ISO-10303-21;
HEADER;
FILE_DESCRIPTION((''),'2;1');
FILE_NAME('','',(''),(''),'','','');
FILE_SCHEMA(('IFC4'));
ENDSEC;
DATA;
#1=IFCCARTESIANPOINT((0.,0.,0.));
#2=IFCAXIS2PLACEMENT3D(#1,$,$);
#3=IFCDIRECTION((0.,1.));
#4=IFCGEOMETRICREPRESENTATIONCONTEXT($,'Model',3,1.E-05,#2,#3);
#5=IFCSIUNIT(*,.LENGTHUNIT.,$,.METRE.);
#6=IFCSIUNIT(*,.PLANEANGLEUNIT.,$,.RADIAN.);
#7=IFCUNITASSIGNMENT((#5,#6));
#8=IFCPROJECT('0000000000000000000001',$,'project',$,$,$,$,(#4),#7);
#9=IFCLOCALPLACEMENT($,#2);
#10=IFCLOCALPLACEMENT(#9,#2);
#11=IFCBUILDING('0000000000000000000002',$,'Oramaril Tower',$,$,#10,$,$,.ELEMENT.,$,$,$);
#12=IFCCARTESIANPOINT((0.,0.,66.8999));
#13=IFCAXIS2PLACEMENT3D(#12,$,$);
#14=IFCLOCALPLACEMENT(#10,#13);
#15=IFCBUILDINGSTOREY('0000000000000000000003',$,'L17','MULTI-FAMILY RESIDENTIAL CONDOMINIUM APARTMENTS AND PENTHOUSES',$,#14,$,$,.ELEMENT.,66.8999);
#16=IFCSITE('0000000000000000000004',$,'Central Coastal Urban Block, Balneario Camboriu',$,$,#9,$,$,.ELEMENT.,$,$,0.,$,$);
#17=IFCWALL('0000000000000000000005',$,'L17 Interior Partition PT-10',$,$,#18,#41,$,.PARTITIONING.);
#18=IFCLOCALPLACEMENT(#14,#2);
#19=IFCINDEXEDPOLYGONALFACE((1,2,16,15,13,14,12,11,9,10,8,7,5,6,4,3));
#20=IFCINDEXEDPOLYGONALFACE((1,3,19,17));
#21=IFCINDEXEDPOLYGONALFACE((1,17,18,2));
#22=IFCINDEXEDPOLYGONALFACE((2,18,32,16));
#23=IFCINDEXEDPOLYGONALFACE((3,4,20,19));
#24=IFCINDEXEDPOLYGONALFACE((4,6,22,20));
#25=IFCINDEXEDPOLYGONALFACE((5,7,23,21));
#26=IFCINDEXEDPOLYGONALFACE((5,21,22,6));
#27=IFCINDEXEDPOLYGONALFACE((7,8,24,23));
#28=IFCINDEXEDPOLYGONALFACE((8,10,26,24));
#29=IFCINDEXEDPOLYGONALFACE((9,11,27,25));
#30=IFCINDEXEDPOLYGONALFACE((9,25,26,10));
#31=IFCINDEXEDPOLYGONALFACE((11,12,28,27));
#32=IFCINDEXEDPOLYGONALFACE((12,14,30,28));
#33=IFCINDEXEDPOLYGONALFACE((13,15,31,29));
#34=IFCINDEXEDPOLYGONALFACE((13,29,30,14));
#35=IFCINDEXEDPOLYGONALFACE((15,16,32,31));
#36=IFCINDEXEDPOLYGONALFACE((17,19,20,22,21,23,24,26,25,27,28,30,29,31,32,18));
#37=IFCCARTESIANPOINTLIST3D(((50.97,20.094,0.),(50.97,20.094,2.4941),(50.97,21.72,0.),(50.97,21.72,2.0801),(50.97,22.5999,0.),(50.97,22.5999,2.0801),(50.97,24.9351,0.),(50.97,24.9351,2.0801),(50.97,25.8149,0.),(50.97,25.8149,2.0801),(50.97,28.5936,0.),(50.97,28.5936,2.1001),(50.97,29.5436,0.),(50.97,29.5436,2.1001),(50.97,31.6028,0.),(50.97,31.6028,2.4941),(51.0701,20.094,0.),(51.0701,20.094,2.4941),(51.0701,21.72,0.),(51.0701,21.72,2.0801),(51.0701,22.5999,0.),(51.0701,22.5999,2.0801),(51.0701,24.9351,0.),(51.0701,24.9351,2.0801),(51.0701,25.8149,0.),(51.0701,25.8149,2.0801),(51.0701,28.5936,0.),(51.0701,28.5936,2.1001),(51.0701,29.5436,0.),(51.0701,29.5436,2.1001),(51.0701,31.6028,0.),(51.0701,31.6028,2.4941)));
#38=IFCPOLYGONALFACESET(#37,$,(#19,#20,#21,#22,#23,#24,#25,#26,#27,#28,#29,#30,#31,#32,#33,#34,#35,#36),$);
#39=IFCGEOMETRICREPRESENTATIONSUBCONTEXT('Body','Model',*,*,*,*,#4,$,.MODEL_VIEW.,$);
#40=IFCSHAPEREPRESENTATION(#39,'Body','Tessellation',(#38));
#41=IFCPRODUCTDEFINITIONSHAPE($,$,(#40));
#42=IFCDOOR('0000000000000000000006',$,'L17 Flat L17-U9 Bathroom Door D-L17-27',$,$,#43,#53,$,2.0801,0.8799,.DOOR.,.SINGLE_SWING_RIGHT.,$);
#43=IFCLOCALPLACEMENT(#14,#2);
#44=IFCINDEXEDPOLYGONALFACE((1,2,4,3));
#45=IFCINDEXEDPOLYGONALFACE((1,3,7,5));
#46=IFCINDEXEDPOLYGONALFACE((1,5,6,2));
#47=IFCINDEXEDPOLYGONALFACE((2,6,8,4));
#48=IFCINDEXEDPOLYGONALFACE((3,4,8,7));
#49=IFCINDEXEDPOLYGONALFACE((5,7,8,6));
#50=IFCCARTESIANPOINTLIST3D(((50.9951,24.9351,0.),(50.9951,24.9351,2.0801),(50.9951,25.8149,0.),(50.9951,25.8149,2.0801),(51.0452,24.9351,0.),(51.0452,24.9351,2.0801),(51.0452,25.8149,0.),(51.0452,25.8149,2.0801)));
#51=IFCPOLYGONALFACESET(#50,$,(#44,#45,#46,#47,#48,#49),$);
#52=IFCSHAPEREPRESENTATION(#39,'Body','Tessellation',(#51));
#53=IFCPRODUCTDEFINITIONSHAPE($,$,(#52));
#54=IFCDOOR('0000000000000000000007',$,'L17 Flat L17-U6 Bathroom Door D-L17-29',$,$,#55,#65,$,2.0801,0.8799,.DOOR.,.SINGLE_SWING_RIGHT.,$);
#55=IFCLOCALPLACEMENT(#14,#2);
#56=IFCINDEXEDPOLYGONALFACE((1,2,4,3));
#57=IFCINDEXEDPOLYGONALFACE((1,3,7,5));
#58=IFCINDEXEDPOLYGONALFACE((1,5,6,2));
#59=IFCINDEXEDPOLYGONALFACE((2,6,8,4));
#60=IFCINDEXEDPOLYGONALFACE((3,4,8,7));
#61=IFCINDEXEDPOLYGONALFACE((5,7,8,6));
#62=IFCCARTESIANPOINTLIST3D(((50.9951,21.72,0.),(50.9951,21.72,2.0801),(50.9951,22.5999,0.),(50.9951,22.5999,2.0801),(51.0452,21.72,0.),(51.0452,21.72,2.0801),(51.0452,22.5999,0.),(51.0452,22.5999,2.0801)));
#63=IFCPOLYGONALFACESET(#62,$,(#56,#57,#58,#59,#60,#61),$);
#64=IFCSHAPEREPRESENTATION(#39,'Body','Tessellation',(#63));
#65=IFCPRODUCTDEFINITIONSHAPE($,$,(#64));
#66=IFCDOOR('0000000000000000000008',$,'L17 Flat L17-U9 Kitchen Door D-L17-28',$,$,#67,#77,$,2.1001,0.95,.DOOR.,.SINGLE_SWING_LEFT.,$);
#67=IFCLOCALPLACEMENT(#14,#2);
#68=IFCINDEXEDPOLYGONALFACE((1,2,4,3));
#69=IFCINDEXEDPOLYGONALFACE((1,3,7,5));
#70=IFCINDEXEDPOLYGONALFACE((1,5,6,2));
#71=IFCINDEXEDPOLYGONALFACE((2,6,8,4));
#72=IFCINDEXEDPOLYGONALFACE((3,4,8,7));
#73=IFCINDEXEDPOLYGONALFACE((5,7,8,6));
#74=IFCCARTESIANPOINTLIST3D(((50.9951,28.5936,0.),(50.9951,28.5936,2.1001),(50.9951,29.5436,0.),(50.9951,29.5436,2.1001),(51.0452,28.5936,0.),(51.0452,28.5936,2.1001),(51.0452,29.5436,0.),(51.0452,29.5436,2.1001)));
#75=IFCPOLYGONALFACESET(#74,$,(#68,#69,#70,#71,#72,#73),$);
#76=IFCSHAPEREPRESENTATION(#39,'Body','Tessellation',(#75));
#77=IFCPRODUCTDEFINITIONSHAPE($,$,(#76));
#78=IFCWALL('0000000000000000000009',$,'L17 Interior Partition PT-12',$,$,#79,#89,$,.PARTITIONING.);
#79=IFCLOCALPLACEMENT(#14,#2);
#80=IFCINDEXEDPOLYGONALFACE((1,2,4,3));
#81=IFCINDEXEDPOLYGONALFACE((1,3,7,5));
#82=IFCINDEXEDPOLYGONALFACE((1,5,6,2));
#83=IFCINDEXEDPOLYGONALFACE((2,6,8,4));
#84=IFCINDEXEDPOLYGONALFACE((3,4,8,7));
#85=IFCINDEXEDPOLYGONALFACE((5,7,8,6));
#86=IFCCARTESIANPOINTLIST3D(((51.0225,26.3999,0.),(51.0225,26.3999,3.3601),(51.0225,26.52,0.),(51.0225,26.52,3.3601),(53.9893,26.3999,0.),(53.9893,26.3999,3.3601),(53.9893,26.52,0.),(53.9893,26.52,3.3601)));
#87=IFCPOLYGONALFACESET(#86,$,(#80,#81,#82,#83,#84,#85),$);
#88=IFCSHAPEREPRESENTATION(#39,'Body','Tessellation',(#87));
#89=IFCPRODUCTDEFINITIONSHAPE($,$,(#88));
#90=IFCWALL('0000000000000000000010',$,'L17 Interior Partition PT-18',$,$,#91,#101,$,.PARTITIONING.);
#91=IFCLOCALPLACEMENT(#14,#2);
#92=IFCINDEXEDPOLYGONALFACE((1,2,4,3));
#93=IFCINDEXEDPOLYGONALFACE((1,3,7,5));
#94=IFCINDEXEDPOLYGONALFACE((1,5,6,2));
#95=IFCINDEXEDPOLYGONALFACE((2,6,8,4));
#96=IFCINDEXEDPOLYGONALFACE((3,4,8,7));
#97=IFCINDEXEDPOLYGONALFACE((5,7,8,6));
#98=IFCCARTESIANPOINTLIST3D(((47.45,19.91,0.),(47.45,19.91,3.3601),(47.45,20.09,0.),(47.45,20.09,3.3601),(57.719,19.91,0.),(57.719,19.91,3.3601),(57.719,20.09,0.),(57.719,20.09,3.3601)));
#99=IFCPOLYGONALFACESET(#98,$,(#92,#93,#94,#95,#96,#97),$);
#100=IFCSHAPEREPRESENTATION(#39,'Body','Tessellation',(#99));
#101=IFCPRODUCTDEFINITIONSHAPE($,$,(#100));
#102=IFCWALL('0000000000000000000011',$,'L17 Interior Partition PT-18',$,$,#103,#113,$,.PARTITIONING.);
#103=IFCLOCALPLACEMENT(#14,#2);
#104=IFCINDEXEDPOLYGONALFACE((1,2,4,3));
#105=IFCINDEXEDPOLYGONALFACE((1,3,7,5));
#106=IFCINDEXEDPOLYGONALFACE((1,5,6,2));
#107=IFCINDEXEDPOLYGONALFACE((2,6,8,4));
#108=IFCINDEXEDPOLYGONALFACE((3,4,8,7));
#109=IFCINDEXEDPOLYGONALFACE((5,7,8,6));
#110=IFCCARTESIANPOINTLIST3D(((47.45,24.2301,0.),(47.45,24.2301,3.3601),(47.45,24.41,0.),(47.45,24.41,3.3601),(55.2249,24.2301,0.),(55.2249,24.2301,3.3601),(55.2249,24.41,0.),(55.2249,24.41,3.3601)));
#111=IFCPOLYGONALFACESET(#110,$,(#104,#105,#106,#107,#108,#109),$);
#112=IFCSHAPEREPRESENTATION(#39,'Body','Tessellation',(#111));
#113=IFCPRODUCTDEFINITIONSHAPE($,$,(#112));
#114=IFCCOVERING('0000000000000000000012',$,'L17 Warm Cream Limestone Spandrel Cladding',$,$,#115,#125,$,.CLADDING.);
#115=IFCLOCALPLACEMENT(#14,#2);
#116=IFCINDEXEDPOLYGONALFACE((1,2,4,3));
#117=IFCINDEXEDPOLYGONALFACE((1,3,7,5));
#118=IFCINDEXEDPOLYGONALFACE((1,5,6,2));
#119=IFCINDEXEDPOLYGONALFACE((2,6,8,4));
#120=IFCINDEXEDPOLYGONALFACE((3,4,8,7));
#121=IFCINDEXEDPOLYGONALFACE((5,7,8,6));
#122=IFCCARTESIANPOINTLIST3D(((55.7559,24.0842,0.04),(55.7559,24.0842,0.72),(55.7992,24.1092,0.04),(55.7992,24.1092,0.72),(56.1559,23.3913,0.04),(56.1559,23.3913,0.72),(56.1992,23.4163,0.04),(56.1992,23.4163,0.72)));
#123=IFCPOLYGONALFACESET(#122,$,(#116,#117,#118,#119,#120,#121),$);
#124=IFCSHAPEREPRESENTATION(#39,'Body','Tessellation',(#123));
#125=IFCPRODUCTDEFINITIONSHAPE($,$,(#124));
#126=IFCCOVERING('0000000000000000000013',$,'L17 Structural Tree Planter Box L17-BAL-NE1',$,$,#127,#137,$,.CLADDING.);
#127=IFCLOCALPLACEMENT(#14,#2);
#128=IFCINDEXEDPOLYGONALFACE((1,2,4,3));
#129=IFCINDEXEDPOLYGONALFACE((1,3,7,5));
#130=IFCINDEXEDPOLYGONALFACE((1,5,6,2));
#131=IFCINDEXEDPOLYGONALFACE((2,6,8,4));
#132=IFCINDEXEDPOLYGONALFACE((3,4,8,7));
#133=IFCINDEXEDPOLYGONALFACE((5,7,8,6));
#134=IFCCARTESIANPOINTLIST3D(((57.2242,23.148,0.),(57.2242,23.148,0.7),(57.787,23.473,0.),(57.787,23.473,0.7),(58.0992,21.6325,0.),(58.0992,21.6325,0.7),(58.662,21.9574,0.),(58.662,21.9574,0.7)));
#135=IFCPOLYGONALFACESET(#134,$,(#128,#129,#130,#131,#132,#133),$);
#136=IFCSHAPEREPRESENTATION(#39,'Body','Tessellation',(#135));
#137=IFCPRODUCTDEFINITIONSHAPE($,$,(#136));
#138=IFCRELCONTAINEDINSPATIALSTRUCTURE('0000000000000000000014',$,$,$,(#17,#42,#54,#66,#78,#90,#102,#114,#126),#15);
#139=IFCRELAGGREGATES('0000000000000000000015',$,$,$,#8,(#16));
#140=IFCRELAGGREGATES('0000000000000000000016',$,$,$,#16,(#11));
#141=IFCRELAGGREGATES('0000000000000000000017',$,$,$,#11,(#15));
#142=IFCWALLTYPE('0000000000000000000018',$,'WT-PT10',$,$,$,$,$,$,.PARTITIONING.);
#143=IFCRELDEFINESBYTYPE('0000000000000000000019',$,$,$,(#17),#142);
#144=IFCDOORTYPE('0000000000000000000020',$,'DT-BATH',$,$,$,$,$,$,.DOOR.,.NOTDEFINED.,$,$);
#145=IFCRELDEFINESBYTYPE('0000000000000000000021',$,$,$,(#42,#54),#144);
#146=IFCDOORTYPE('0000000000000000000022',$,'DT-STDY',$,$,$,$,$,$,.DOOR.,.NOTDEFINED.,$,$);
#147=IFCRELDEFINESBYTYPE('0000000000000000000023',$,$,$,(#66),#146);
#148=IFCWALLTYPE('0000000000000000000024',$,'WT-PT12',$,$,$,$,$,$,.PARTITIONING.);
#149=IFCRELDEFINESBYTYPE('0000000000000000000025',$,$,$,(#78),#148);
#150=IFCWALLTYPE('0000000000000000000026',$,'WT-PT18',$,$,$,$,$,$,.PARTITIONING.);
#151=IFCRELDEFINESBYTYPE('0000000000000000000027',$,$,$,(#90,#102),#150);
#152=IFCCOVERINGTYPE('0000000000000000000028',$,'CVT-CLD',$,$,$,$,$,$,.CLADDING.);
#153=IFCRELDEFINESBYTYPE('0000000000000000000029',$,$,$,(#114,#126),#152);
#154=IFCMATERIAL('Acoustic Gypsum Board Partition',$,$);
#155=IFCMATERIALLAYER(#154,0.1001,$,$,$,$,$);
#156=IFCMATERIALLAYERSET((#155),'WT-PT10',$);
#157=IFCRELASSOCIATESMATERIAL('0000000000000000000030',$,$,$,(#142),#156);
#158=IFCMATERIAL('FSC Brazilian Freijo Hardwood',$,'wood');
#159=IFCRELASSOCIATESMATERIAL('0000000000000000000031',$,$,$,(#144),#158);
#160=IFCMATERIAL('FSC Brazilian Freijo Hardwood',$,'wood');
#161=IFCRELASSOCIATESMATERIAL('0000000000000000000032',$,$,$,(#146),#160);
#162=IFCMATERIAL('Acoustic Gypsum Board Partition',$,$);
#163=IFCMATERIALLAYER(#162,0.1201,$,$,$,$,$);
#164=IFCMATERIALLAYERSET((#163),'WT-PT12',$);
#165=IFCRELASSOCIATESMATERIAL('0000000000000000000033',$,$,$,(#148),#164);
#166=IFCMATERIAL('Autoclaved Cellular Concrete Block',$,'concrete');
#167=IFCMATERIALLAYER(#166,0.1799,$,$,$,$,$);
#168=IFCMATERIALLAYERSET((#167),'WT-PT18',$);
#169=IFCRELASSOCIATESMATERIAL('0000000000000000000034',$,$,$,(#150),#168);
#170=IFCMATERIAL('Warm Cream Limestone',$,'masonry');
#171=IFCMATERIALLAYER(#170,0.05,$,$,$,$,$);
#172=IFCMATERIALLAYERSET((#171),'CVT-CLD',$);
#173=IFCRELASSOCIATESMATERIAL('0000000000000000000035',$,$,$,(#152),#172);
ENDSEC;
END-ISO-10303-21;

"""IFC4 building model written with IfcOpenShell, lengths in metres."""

from ifc_helpers import new_model, si_unit, direction, frame, frame_2d, origin, origin_2d, place, context, subcontext, project, spatial, rectangle, extrude, material, layer, layer_set, type_object, element, fill, save


model = new_model("IFC4")

# Units and contexts
model_context = context("Model", 3, precision=1e-05, world=origin(), true_north=direction((0.0, 1.0)))
body_context = subcontext(model_context, "Body", "Model", "MODEL_VIEW")
ifc_project = project(units=[si_unit("LENGTHUNIT", "METRE"), si_unit("PLANEANGLEUNIT", "RADIAN")], contexts=[model_context])

# Site, building, storey
site_placement = place(None, origin())
site = spatial("IfcSite", under=ifc_project, at=site_placement, Name="Central Coastal Urban Block, Balneario Camboriu", CompositionType="ELEMENT", RefElevation=0.0)
building_placement = place(site_placement, origin())
building = spatial("IfcBuilding", under=site, at=building_placement, Name="Oramaril Tower", CompositionType="ELEMENT")
storey_placement = place(building_placement, frame((0.0, 0.0, 66.8999)))
storey = spatial("IfcBuildingStorey", under=building, at=storey_placement, Name="L17", Description="MULTI-FAMILY RESIDENTIAL CONDOMINIUM APARTMENTS AND PENTHOUSES", CompositionType="ELEMENT", Elevation=66.8999)

# Wall, openings, doors
ifc_material_1 = material(Name="Acoustic Gypsum Board Partition")
ifc_layer_1 = layer(ifc_material_1, 0.1001)
ifc_layer_set_1 = layer_set([ifc_layer_1], Name="WT-PT10")
wall_type_1 = type_object("IfcWallType", Name="WT-PT10", PredefinedType="PARTITIONING", material=ifc_layer_set_1)
wall_1_placement = place(storey_placement, frame((51.02, 20.094, 0.0), z_axis=(0.0, 0.0, 1.0), x_axis=(0.0, 1.0, 0.0)))
wall_1 = element("IfcWall", 1, at=wall_1_placement, inside=storey, type_object=wall_type_1, Name="L17 Interior Partition PT-10", PredefinedType="PARTITIONING", context=body_context, shape_type="SweptSolid", body=[
    extrude(rectangle(XDim=11.5088, YDim=0.1001, at=frame_2d((5.7544, 0.0))), origin(), (0.0, 0.0, 1.0), 2.4941),
])
opening_1_placement = place(wall_1_placement, frame((4.8411, 0.0, 0.0)))
opening_1 = element("IfcOpeningElement", 2, at=opening_1_placement, cuts=wall_1, PredefinedType="OPENING", context=body_context, shape_type="SweptSolid", body=[
    extrude(rectangle(XDim=0.8799, YDim=2.0801, at=frame_2d((0.4399, 1.04))), frame((0.0, 0.05, 0.0), z_axis=(0.0, -1.0, 0.0), x_axis=(1.0, 0.0, 0.0)), (0.0, 0.0, 1.0), 0.1001),
])
opening_2_placement = place(wall_1_placement, frame((8.4995, 0.0, 0.0)))
opening_2 = element("IfcOpeningElement", 3, at=opening_2_placement, cuts=wall_1, PredefinedType="OPENING", context=body_context, shape_type="SweptSolid", body=[
    extrude(rectangle(XDim=0.95, YDim=2.1001, at=frame_2d((0.4751, 1.05))), frame((0.0, 0.05, 0.0), z_axis=(0.0, -1.0, 0.0), x_axis=(1.0, 0.0, 0.0)), (0.0, 0.0, 1.0), 0.1001),
])
opening_3_placement = place(wall_1_placement, frame((1.626, 0.0, 0.0)))
opening_3 = element("IfcOpeningElement", 4, at=opening_3_placement, cuts=wall_1, PredefinedType="OPENING", context=body_context, shape_type="SweptSolid", body=[
    extrude(rectangle(XDim=0.8799, YDim=2.0801, at=frame_2d((0.4399, 1.04))), frame((0.0, 0.05, 0.0), z_axis=(0.0, -1.0, 0.0), x_axis=(1.0, 0.0, 0.0)), (0.0, 0.0, 1.0), 0.1001),
])
ifc_material_2 = material(Name="FSC Brazilian Freijo Hardwood", Category="wood")
door_type_1 = type_object("IfcDoorType", Name="DT-BATH", OperationType="NOTDEFINED", PredefinedType="DOOR", material=ifc_material_2)
door_1_placement = place(opening_1_placement, origin())
door_1 = element("IfcDoor", 5, at=door_1_placement, inside=storey, type_object=door_type_1, Name="L17 Flat L17-U9 Bathroom Door D-L17-27", OperationType="SINGLE_SWING_RIGHT", OverallHeight=2.0801, OverallWidth=0.8799, PredefinedType="DOOR", context=body_context, shape_type="SweptSolid", body=[
    extrude(rectangle(XDim=0.8799, YDim=2.0801, at=frame_2d((0.4399, 1.04))), frame((0.0, 0.0249, 0.0), z_axis=(0.0, -1.0, 0.0), x_axis=(1.0, 0.0, 0.0)), (0.0, 0.0, 1.0), 0.05),
])
fill(opening_1, door_1)
door_2_placement = place(opening_3_placement, origin())
door_2 = element("IfcDoor", 6, at=door_2_placement, inside=storey, type_object=door_type_1, Name="L17 Flat L17-U6 Bathroom Door D-L17-29", OperationType="SINGLE_SWING_RIGHT", OverallHeight=2.0801, OverallWidth=0.8799, PredefinedType="DOOR", context=body_context, shape_type="SweptSolid", body=[
    extrude(rectangle(XDim=0.8799, YDim=2.0801, at=frame_2d((0.4399, 1.04))), frame((0.0, 0.0249, 0.0), z_axis=(0.0, -1.0, 0.0), x_axis=(1.0, 0.0, 0.0)), (0.0, 0.0, 1.0), 0.05),
])
fill(opening_3, door_2)
ifc_material_3 = material(Name="FSC Brazilian Freijo Hardwood", Category="wood")
door_type_2 = type_object("IfcDoorType", Name="DT-STDY", OperationType="NOTDEFINED", PredefinedType="DOOR", material=ifc_material_3)
door_3_placement = place(opening_2_placement, origin())
door_3 = element("IfcDoor", 7, at=door_3_placement, inside=storey, type_object=door_type_2, Name="L17 Flat L17-U9 Kitchen Door D-L17-28", OperationType="SINGLE_SWING_LEFT", OverallHeight=2.1001, OverallWidth=0.95, PredefinedType="DOOR", context=body_context, shape_type="SweptSolid", body=[
    extrude(rectangle(XDim=0.95, YDim=2.1001, at=frame_2d((0.4751, 1.05))), frame((0.0, 0.0249, 0.0), z_axis=(0.0, -1.0, 0.0), x_axis=(1.0, 0.0, 0.0)), (0.0, 0.0, 1.0), 0.05),
])
fill(opening_2, door_3)

# Walls
ifc_material_4 = material(Name="Acoustic Gypsum Board Partition")
ifc_layer_2 = layer(ifc_material_4, 0.1201)
ifc_layer_set_2 = layer_set([ifc_layer_2], Name="WT-PT12")
wall_type_2 = type_object("IfcWallType", Name="WT-PT12", PredefinedType="PARTITIONING", material=ifc_layer_set_2)
wall_2_placement = place(storey_placement, frame((51.0225, 26.46, 0.0), z_axis=(0.0, 0.0, 1.0), x_axis=(1.0, 0.0, 0.0)))
element("IfcWall", 8, at=wall_2_placement, inside=storey, type_object=wall_type_2, Name="L17 Interior Partition PT-12", PredefinedType="PARTITIONING", context=body_context, shape_type="SweptSolid", body=[
    extrude(rectangle(XDim=2.9668, YDim=0.1201, at=frame_2d((1.4834, 0.0))), origin(), (0.0, 0.0, 1.0), 3.3601),
])
ifc_material_5 = material(Name="Autoclaved Cellular Concrete Block", Category="concrete")
ifc_layer_3 = layer(ifc_material_5, 0.1799)
ifc_layer_set_3 = layer_set([ifc_layer_3], Name="WT-PT18")
wall_type_3 = type_object("IfcWallType", Name="WT-PT18", PredefinedType="PARTITIONING", material=ifc_layer_set_3)
wall_3_placement = place(storey_placement, frame((47.45, 20.0, 0.0), z_axis=(0.0, 0.0, 1.0), x_axis=(1.0, 0.0, 0.0)))
element("IfcWall", 9, at=wall_3_placement, inside=storey, type_object=wall_type_3, Name="L17 Interior Partition PT-18", PredefinedType="PARTITIONING", context=body_context, shape_type="SweptSolid", body=[
    extrude(rectangle(XDim=10.269, YDim=0.1799, at=frame_2d((5.1345, 0.0))), origin(), (0.0, 0.0, 1.0), 3.3601),
])
wall_4_placement = place(storey_placement, frame((47.45, 24.3201, 0.0), z_axis=(0.0, 0.0, 1.0), x_axis=(1.0, 0.0, 0.0)))
element("IfcWall", 10, at=wall_4_placement, inside=storey, type_object=wall_type_3, Name="L17 Interior Partition PT-18", PredefinedType="PARTITIONING", context=body_context, shape_type="SweptSolid", body=[
    extrude(rectangle(XDim=7.7749, YDim=0.1799, at=frame_2d((3.8875, 0.0))), origin(), (0.0, 0.0, 1.0), 3.3601),
])

# Coverings
ifc_material_6 = material(Name="Warm Cream Limestone", Category="masonry")
ifc_layer_4 = layer(ifc_material_6, 0.05)
ifc_layer_set_4 = layer_set([ifc_layer_4], Name="CVT-CLD")
covering_type = type_object("IfcCoveringType", Name="CVT-CLD", PredefinedType="CLADDING", material=ifc_layer_set_4)
covering_1_placement = place(storey_placement, frame((55.9775, 23.7502, 0.04), z_axis=(0.0, 0.0, 1.0), x_axis=(-0.5, 0.866025, 0.0)))
element("IfcCovering", 11, at=covering_1_placement, inside=storey, type_object=covering_type, Name="L17 Warm Cream Limestone Spandrel Cladding", PredefinedType="CLADDING", context=body_context, shape_type="SweptSolid", body=[
    extrude(rectangle(XDim=0.8, YDim=0.05, at=origin_2d()), origin(), (0.0, 0.0, 1.0), 0.6799),
])
covering_2_placement = place(storey_placement, frame((57.9431, 22.5527, 0.0), z_axis=(0.0, 0.0, 1.0), x_axis=(-0.500002, 0.866025, 0.0)))
element("IfcCovering", 12, at=covering_2_placement, inside=storey, type_object=covering_type, Name="L17 Structural Tree Planter Box L17-BAL-NE1", PredefinedType="CLADDING", context=body_context, shape_type="SweptSolid", body=[
    extrude(rectangle(XDim=1.75, YDim=0.6499, at=origin_2d()), origin(), (0.0, 0.0, 1.0), 0.7),
])

save(model, "model.ifc")
